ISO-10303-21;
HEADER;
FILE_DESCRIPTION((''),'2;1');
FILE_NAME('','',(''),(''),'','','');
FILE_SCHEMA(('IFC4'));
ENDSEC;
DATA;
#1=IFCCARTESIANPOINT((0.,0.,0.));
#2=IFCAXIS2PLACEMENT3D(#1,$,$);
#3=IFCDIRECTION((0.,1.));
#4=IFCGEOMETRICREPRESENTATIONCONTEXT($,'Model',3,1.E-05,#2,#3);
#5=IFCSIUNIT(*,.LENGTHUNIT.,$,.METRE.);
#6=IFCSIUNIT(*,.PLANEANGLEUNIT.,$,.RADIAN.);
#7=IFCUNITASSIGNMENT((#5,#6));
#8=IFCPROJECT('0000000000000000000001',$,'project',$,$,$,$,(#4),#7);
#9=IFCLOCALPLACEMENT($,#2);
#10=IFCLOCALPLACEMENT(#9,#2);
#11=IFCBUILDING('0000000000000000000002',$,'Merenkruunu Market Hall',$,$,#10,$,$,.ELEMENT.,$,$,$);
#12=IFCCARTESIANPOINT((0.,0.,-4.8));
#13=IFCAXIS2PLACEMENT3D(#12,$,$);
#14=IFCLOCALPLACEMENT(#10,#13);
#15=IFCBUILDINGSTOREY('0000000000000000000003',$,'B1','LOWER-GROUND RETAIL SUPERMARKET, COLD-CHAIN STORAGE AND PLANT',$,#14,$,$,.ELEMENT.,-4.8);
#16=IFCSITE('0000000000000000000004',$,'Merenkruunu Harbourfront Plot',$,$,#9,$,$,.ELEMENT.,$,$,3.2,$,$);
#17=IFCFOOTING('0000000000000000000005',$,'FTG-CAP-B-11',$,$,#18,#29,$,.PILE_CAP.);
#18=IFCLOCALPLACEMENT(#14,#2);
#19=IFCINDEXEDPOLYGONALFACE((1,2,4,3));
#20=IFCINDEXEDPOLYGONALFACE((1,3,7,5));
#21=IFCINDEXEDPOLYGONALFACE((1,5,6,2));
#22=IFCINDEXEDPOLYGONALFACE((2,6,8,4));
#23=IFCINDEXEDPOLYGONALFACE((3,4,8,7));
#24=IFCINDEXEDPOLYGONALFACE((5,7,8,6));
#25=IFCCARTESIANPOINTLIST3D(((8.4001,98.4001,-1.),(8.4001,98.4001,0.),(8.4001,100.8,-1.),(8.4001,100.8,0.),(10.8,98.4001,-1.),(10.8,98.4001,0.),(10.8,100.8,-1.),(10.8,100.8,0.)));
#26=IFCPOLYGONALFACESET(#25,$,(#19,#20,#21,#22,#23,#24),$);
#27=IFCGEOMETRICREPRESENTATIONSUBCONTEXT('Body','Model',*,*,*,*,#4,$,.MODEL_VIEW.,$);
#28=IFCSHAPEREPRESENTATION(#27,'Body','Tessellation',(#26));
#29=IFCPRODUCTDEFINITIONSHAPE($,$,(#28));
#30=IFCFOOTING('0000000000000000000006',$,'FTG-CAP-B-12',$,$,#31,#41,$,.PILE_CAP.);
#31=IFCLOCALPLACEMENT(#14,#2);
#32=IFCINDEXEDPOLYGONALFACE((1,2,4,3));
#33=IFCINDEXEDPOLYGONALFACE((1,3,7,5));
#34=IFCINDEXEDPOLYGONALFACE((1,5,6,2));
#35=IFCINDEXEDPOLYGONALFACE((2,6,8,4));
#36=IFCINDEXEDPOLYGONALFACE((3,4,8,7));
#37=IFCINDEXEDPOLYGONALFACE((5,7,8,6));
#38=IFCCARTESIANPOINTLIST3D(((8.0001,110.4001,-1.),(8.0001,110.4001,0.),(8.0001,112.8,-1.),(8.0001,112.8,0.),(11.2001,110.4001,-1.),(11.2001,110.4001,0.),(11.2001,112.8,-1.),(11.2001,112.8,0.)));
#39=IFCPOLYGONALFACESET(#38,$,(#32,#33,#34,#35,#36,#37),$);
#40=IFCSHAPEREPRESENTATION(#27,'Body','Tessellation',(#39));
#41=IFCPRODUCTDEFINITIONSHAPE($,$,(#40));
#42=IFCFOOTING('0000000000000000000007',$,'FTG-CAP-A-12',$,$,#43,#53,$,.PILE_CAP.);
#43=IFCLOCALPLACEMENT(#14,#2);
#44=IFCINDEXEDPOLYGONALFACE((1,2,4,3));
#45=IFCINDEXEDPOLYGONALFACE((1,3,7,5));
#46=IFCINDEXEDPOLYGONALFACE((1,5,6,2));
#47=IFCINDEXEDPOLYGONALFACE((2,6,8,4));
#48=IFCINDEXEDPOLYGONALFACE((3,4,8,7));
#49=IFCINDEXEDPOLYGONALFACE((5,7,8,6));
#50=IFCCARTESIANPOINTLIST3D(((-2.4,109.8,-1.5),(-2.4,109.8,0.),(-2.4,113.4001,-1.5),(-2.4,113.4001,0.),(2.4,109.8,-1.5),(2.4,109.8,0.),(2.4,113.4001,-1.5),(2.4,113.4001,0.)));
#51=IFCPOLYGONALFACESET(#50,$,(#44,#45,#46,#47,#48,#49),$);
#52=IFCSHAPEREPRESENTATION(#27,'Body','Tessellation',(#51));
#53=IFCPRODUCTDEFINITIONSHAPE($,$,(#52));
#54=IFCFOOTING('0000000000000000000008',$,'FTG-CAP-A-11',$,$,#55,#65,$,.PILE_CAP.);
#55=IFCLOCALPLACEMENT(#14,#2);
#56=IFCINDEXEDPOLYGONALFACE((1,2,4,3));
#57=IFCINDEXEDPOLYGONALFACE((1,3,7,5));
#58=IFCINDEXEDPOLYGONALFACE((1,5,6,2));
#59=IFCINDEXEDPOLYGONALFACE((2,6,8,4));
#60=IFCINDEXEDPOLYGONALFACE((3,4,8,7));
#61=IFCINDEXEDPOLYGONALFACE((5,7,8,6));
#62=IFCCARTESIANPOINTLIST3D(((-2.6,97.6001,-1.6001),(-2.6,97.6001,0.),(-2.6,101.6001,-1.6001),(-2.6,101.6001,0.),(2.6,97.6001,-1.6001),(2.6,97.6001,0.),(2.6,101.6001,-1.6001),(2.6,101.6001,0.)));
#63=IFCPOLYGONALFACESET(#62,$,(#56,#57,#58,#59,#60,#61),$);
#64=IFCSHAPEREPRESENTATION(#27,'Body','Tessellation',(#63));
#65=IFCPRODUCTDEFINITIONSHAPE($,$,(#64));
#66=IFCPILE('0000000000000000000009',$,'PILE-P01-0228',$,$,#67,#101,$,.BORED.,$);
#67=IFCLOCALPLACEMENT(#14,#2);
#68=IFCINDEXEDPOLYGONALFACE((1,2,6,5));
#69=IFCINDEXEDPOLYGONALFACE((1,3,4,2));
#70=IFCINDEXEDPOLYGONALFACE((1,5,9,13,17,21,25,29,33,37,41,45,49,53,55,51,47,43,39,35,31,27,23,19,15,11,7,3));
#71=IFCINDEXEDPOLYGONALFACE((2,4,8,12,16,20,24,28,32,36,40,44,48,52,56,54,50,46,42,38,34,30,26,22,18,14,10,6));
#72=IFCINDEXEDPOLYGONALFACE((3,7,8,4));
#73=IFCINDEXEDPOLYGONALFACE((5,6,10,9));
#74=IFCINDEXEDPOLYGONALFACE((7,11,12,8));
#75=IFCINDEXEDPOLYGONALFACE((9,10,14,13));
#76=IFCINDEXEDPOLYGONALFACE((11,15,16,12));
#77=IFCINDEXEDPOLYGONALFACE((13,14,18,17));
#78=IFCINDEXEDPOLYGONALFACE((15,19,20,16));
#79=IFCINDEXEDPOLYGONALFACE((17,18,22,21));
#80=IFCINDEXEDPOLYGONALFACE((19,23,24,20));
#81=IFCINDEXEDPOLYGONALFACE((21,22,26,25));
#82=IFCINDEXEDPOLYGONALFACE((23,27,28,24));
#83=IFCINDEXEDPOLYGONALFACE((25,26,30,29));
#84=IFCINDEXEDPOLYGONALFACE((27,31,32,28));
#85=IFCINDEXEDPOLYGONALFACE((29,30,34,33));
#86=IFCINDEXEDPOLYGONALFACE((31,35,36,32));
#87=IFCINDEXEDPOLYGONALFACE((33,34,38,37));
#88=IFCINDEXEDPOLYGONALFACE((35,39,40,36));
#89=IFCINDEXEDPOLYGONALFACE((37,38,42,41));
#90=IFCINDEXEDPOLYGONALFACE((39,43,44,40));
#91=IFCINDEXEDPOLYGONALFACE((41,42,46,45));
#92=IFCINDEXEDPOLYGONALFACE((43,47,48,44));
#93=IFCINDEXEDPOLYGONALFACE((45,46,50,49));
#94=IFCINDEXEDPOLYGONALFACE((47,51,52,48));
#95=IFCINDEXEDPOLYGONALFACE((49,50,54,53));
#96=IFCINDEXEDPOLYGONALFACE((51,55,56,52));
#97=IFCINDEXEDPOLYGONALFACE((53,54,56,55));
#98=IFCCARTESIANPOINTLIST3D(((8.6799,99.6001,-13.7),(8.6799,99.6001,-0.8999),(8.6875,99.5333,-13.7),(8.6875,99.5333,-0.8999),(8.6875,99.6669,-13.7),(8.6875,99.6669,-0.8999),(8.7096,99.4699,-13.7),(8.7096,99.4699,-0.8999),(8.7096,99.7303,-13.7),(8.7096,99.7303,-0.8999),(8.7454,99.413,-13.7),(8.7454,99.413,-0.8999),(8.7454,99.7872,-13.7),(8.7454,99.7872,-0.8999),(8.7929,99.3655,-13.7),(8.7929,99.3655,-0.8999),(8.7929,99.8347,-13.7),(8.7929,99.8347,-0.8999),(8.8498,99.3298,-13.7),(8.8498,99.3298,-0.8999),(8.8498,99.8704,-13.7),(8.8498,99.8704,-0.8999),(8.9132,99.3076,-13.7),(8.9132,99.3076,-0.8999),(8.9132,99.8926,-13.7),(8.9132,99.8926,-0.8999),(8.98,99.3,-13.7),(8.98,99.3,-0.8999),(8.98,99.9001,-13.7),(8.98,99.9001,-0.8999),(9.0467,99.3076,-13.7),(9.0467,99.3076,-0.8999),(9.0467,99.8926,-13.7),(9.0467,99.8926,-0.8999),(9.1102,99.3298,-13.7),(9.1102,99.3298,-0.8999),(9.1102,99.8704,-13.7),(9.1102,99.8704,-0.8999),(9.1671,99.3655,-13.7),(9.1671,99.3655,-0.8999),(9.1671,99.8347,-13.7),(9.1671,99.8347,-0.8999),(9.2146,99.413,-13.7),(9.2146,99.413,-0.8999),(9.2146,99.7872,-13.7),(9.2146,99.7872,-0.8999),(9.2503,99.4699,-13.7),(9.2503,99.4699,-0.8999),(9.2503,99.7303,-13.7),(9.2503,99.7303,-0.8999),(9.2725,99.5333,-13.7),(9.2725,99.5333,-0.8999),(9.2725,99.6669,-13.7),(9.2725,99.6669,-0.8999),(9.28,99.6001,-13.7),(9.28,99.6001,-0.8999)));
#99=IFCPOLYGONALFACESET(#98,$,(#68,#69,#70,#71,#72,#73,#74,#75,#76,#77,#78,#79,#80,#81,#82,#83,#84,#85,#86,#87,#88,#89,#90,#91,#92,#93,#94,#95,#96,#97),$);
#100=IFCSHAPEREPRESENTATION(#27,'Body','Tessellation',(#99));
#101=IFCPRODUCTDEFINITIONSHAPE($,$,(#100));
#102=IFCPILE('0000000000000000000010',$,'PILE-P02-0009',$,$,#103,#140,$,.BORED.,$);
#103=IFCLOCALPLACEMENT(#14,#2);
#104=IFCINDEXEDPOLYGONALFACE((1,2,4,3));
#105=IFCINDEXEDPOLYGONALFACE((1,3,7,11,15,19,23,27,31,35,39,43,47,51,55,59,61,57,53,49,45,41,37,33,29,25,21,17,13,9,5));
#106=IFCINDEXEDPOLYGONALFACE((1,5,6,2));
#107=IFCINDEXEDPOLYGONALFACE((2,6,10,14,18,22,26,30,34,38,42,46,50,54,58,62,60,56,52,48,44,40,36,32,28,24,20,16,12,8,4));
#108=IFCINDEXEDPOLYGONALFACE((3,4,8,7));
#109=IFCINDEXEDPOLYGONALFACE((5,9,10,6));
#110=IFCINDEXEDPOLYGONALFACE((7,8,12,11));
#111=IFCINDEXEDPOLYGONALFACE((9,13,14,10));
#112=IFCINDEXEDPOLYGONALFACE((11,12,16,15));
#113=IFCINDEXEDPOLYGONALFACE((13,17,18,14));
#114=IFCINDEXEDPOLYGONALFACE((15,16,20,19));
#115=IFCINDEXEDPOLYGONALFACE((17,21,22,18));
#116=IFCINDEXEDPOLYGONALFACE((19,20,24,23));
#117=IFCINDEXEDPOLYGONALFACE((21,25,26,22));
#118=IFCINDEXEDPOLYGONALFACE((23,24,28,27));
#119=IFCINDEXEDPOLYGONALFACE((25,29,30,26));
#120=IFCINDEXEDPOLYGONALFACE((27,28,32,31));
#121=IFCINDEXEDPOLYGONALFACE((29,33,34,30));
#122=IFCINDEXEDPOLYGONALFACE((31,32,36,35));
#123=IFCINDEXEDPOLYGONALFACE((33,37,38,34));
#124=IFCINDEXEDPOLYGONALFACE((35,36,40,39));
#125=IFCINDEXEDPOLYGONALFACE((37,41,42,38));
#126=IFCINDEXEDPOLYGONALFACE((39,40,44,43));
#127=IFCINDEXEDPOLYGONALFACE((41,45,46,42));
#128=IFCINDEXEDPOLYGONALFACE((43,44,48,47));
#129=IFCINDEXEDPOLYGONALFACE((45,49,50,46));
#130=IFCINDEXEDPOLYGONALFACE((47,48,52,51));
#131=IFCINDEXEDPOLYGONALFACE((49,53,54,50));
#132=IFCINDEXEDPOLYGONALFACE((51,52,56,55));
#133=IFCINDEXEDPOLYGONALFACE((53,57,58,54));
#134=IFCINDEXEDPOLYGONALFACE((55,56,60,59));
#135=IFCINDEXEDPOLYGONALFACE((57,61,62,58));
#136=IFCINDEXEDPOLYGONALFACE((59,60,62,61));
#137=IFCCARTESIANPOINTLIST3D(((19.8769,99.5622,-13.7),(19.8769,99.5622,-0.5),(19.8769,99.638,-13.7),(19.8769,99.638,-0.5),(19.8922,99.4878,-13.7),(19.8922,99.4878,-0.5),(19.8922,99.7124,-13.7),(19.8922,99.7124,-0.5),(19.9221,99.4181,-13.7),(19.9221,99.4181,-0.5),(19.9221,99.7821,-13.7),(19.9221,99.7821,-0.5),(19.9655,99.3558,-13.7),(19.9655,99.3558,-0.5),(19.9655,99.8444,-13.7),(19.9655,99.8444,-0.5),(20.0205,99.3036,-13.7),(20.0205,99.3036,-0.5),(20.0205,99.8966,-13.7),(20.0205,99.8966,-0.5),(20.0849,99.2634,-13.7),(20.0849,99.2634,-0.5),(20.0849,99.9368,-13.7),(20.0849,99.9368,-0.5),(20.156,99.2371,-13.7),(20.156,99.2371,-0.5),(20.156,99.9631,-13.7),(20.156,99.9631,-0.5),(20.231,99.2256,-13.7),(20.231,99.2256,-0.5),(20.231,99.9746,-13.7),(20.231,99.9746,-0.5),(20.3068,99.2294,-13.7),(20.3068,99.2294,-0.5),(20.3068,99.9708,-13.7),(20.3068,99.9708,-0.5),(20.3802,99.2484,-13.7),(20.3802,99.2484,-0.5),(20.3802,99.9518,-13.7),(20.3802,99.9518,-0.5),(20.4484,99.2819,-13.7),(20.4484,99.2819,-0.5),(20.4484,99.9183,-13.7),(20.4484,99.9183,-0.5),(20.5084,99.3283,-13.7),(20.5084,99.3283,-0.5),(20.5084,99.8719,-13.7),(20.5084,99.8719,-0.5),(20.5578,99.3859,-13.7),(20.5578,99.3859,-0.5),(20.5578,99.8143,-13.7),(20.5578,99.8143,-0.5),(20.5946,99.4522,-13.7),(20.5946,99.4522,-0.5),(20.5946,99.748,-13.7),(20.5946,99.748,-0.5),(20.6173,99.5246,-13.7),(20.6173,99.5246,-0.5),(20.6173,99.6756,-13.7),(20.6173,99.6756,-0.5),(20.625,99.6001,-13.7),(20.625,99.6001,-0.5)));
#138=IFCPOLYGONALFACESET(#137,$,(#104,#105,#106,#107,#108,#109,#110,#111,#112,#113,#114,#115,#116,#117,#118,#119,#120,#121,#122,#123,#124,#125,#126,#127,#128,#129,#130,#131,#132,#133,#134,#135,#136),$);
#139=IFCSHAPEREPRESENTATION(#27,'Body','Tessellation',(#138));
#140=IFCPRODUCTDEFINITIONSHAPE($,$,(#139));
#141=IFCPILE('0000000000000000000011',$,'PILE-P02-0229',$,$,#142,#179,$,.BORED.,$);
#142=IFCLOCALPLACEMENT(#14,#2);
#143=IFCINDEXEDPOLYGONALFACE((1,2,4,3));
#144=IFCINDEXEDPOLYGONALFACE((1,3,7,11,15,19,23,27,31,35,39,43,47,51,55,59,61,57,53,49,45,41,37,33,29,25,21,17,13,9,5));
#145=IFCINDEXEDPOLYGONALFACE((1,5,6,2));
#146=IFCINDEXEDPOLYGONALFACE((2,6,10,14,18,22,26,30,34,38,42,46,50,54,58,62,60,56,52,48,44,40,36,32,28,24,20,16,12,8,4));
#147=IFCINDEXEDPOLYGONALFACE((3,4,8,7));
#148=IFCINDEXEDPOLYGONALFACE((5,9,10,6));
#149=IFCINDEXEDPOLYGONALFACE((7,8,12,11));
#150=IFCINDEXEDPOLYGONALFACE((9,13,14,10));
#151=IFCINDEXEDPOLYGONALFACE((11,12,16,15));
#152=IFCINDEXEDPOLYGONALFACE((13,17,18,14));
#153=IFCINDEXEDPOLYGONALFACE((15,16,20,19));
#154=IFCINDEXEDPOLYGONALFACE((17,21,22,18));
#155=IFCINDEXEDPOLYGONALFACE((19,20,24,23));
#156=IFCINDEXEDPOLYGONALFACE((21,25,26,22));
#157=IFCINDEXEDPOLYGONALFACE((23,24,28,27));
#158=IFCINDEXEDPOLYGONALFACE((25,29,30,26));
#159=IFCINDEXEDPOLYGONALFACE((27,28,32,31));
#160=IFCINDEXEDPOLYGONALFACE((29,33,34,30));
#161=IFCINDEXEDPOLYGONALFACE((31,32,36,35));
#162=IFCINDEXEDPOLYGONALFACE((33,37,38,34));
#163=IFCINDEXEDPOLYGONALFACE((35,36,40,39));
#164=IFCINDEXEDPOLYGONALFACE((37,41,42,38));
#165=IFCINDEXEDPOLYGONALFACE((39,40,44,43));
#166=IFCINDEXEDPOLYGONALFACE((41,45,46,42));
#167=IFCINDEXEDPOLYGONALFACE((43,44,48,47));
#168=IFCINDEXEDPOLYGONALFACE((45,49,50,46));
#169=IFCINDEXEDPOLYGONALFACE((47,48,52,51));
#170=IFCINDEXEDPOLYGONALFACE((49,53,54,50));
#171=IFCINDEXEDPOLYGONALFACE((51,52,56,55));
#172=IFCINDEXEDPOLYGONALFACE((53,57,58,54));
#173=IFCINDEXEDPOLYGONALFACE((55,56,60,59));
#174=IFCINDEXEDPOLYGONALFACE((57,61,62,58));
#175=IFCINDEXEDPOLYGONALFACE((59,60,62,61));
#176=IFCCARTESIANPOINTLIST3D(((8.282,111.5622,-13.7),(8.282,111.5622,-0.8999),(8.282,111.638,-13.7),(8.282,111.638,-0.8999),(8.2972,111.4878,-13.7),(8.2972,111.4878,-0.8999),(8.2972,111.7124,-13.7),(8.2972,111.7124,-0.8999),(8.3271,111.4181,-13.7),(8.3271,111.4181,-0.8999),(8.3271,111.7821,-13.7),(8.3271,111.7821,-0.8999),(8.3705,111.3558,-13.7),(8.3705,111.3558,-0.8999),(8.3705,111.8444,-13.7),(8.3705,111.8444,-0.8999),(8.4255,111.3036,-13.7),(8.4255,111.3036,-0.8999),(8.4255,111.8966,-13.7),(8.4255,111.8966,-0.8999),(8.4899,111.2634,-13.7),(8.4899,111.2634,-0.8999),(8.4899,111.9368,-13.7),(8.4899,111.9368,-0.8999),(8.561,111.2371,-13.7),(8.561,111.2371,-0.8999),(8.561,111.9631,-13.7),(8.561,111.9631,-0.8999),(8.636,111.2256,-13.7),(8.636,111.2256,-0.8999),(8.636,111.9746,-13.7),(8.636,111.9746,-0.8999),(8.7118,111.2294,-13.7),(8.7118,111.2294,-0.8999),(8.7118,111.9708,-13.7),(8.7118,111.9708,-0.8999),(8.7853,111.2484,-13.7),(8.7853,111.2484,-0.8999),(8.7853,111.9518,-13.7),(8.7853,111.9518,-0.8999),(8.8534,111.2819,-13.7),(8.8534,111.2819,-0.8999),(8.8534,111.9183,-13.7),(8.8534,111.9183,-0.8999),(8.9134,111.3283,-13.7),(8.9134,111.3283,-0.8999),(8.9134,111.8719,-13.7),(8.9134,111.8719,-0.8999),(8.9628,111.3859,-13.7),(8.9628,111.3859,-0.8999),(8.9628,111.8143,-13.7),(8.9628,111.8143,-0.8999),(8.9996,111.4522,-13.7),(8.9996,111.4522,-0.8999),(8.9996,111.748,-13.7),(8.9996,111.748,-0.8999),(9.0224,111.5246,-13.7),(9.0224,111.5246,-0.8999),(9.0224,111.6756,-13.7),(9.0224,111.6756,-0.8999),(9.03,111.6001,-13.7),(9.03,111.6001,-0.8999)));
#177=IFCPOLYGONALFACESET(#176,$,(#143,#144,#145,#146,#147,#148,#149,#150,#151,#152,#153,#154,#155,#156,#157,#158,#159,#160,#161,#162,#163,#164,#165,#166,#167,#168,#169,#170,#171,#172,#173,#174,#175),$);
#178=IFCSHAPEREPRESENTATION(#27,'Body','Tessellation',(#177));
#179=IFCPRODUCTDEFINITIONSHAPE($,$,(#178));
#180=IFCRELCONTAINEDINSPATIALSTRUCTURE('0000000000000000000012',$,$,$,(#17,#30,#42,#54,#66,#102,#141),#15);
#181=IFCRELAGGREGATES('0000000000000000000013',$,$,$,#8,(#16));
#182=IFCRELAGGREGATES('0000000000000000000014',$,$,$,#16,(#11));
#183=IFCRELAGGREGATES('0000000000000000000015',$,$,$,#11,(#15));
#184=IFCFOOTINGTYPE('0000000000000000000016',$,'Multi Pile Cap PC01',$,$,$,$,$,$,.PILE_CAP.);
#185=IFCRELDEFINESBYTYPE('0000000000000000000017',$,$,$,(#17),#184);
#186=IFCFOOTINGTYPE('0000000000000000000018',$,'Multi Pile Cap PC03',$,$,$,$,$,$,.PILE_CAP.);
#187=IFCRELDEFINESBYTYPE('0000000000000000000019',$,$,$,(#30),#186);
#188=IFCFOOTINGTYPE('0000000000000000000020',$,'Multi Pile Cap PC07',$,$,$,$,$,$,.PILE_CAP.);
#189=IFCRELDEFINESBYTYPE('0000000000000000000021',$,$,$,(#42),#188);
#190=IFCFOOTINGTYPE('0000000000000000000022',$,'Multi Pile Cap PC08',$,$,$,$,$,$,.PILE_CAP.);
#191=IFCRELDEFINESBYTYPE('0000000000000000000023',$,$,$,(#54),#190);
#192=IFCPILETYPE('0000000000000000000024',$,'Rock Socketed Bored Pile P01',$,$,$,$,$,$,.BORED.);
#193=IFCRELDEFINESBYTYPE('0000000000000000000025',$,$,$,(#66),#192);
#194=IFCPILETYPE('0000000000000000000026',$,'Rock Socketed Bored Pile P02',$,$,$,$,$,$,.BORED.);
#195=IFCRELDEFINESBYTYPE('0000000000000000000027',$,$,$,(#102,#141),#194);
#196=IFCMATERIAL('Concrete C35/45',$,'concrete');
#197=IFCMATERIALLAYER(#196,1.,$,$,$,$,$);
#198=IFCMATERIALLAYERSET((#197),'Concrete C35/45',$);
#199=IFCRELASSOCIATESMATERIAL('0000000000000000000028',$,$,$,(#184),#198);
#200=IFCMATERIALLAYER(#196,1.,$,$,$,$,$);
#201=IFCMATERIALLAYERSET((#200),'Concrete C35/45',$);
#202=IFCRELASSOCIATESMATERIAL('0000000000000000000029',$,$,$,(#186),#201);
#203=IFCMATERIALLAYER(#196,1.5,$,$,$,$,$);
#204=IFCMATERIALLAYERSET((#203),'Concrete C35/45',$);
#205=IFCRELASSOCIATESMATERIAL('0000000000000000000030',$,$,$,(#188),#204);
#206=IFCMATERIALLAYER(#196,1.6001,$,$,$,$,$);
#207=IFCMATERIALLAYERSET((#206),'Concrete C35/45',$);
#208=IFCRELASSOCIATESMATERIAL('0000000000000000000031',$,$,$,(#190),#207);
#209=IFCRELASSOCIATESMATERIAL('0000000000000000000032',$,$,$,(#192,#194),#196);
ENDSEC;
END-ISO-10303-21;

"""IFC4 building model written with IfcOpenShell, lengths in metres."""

from ifc_helpers import new_model, si_unit, direction, frame, origin, origin_2d, place, context, subcontext, project, spatial, rectangle, circle, extrude, material, layer, layer_set, material_profile, profile_set, type_object, element, save


model = new_model("IFC4")

# Units and contexts
model_context = context("Model", 3, precision=1e-05, world=origin(), true_north=direction((0.0, 1.0)))
body_context = subcontext(model_context, "Body", "Model", "MODEL_VIEW")
ifc_project = project(units=[si_unit("LENGTHUNIT", "METRE"), si_unit("PLANEANGLEUNIT", "RADIAN")], contexts=[model_context])

# Site, building, storey
site_placement = place(None, origin())
site = spatial("IfcSite", under=ifc_project, at=site_placement, Name="Merenkruunu Harbourfront Plot", CompositionType="ELEMENT", RefElevation=3.2)
building_placement = place(site_placement, origin())
building = spatial("IfcBuilding", under=site, at=building_placement, Name="Merenkruunu Market Hall", CompositionType="ELEMENT")
storey_placement = place(building_placement, frame((0.0, 0.0, -4.8)))
storey = spatial("IfcBuildingStorey", under=building, at=storey_placement, Name="B1", Description="LOWER-GROUND RETAIL SUPERMARKET, COLD-CHAIN STORAGE AND PLANT", CompositionType="ELEMENT", Elevation=-4.8)

# Footings
ifc_material_1 = material(Name="Concrete C35/45", Category="concrete")
ifc_layer_1 = layer(ifc_material_1, 1.0)
ifc_layer_set_1 = layer_set([ifc_layer_1], Name="Concrete C35/45")
footing_type_1 = type_object("IfcFootingType", Name="Multi Pile Cap PC01", PredefinedType="PILE_CAP", material=ifc_layer_set_1)
footing_1_placement = place(storey_placement, frame((9.6001, 99.6001, -1.0), z_axis=(0.0, 0.0, 1.0), x_axis=(1.0, 0.0, 0.0)))
element("IfcFooting", 1, at=footing_1_placement, inside=storey, type_object=footing_type_1, Name="FTG-CAP-B-11", PredefinedType="PILE_CAP", context=body_context, shape_type="SweptSolid", body=[
    extrude(rectangle(XDim=2.3999, YDim=2.3999, at=origin_2d()), origin(), (0.0, 0.0, 1.0), 1.0),
])
ifc_layer_2 = layer(ifc_material_1, 1.0)
ifc_layer_set_2 = layer_set([ifc_layer_2], Name="Concrete C35/45")
footing_type_2 = type_object("IfcFootingType", Name="Multi Pile Cap PC03", PredefinedType="PILE_CAP", material=ifc_layer_set_2)
footing_2_placement = place(storey_placement, frame((9.6001, 111.6001, -1.0), z_axis=(0.0, 0.0, 1.0), x_axis=(1.0, 0.0, 0.0)))
element("IfcFooting", 2, at=footing_2_placement, inside=storey, type_object=footing_type_2, Name="FTG-CAP-B-12", PredefinedType="PILE_CAP", context=body_context, shape_type="SweptSolid", body=[
    extrude(rectangle(XDim=3.2, YDim=2.3999, at=origin_2d()), origin(), (0.0, 0.0, 1.0), 1.0),
])
ifc_layer_3 = layer(ifc_material_1, 1.5)
ifc_layer_set_3 = layer_set([ifc_layer_3], Name="Concrete C35/45")
footing_type_3 = type_object("IfcFootingType", Name="Multi Pile Cap PC07", PredefinedType="PILE_CAP", material=ifc_layer_set_3)
footing_3_placement = place(storey_placement, frame((0.0, 111.6001, -1.5), z_axis=(0.0, 0.0, 1.0), x_axis=(1.0, 0.0, 0.0)))
element("IfcFooting", 3, at=footing_3_placement, inside=storey, type_object=footing_type_3, Name="FTG-CAP-A-12", PredefinedType="PILE_CAP", context=body_context, shape_type="SweptSolid", body=[
    extrude(rectangle(XDim=4.8, YDim=3.6001, at=origin_2d()), origin(), (0.0, 0.0, 1.0), 1.5),
])
ifc_layer_4 = layer(ifc_material_1, 1.6001)
ifc_layer_set_4 = layer_set([ifc_layer_4], Name="Concrete C35/45")
footing_type_4 = type_object("IfcFootingType", Name="Multi Pile Cap PC08", PredefinedType="PILE_CAP", material=ifc_layer_set_4)
footing_4_placement = place(storey_placement, frame((0.0, 99.6001, -1.6001), z_axis=(0.0, 0.0, 1.0), x_axis=(1.0, 0.0, 0.0)))
element("IfcFooting", 4, at=footing_4_placement, inside=storey, type_object=footing_type_4, Name="FTG-CAP-A-11", PredefinedType="PILE_CAP", context=body_context, shape_type="SweptSolid", body=[
    extrude(rectangle(XDim=5.2, YDim=4.0, at=origin_2d()), origin(), (0.0, 0.0, 1.0), 1.6001),
])

# Piles
ifc_material_profile_1 = material_profile(ifc_material_1, circle(Radius=0.3, at=origin_2d()), Name="BORED PILE 600")
ifc_profile_set_1 = profile_set([ifc_material_profile_1], Name="Concrete C35/45")
pile_type_1 = type_object("IfcPileType", Name="Rock Socketed Bored Pile P01", PredefinedType="BORED", material=ifc_profile_set_1)
pile_1_placement = place(storey_placement, frame((8.98, 99.6001, -0.8999), z_axis=(0.0, 0.0, -1.0), x_axis=(1.0, 0.0, 0.0)))
element("IfcPile", 5, at=pile_1_placement, inside=storey, type_object=pile_type_1, Name="PILE-P01-0228", PredefinedType="BORED", context=body_context, shape_type="SweptSolid", body=[
    extrude(circle(Radius=0.3, at=origin_2d()), origin(), (0.0, 0.0, 1.0), 12.8),
])
ifc_material_profile_2 = material_profile(ifc_material_1, circle(Radius=0.375, at=origin_2d()), Name="BORED PILE 750")
ifc_profile_set_2 = profile_set([ifc_material_profile_2], Name="Concrete C35/45")
pile_type_2 = type_object("IfcPileType", Name="Rock Socketed Bored Pile P02", PredefinedType="BORED", material=ifc_profile_set_2)
pile_2_placement = place(storey_placement, frame((20.25, 99.6001, -0.5), z_axis=(0.0, 0.0, -1.0), x_axis=(1.0, 0.0, 0.0)))
element("IfcPile", 6, at=pile_2_placement, inside=storey, type_object=pile_type_2, Name="PILE-P02-0009", PredefinedType="BORED", context=body_context, shape_type="SweptSolid", body=[
    extrude(circle(Radius=0.375, at=origin_2d()), origin(), (0.0, 0.0, 1.0), 13.2),
])
pile_3_placement = place(storey_placement, frame((8.655, 111.6001, -0.8999), z_axis=(0.0, 0.0, -1.0), x_axis=(1.0, 0.0, 0.0)))
element("IfcPile", 7, at=pile_3_placement, inside=storey, type_object=pile_type_2, Name="PILE-P02-0229", PredefinedType="BORED", context=body_context, shape_type="SweptSolid", body=[
    extrude(circle(Radius=0.375, at=origin_2d()), origin(), (0.0, 0.0, 1.0), 12.8),
])

save(model, "model.ifc")
